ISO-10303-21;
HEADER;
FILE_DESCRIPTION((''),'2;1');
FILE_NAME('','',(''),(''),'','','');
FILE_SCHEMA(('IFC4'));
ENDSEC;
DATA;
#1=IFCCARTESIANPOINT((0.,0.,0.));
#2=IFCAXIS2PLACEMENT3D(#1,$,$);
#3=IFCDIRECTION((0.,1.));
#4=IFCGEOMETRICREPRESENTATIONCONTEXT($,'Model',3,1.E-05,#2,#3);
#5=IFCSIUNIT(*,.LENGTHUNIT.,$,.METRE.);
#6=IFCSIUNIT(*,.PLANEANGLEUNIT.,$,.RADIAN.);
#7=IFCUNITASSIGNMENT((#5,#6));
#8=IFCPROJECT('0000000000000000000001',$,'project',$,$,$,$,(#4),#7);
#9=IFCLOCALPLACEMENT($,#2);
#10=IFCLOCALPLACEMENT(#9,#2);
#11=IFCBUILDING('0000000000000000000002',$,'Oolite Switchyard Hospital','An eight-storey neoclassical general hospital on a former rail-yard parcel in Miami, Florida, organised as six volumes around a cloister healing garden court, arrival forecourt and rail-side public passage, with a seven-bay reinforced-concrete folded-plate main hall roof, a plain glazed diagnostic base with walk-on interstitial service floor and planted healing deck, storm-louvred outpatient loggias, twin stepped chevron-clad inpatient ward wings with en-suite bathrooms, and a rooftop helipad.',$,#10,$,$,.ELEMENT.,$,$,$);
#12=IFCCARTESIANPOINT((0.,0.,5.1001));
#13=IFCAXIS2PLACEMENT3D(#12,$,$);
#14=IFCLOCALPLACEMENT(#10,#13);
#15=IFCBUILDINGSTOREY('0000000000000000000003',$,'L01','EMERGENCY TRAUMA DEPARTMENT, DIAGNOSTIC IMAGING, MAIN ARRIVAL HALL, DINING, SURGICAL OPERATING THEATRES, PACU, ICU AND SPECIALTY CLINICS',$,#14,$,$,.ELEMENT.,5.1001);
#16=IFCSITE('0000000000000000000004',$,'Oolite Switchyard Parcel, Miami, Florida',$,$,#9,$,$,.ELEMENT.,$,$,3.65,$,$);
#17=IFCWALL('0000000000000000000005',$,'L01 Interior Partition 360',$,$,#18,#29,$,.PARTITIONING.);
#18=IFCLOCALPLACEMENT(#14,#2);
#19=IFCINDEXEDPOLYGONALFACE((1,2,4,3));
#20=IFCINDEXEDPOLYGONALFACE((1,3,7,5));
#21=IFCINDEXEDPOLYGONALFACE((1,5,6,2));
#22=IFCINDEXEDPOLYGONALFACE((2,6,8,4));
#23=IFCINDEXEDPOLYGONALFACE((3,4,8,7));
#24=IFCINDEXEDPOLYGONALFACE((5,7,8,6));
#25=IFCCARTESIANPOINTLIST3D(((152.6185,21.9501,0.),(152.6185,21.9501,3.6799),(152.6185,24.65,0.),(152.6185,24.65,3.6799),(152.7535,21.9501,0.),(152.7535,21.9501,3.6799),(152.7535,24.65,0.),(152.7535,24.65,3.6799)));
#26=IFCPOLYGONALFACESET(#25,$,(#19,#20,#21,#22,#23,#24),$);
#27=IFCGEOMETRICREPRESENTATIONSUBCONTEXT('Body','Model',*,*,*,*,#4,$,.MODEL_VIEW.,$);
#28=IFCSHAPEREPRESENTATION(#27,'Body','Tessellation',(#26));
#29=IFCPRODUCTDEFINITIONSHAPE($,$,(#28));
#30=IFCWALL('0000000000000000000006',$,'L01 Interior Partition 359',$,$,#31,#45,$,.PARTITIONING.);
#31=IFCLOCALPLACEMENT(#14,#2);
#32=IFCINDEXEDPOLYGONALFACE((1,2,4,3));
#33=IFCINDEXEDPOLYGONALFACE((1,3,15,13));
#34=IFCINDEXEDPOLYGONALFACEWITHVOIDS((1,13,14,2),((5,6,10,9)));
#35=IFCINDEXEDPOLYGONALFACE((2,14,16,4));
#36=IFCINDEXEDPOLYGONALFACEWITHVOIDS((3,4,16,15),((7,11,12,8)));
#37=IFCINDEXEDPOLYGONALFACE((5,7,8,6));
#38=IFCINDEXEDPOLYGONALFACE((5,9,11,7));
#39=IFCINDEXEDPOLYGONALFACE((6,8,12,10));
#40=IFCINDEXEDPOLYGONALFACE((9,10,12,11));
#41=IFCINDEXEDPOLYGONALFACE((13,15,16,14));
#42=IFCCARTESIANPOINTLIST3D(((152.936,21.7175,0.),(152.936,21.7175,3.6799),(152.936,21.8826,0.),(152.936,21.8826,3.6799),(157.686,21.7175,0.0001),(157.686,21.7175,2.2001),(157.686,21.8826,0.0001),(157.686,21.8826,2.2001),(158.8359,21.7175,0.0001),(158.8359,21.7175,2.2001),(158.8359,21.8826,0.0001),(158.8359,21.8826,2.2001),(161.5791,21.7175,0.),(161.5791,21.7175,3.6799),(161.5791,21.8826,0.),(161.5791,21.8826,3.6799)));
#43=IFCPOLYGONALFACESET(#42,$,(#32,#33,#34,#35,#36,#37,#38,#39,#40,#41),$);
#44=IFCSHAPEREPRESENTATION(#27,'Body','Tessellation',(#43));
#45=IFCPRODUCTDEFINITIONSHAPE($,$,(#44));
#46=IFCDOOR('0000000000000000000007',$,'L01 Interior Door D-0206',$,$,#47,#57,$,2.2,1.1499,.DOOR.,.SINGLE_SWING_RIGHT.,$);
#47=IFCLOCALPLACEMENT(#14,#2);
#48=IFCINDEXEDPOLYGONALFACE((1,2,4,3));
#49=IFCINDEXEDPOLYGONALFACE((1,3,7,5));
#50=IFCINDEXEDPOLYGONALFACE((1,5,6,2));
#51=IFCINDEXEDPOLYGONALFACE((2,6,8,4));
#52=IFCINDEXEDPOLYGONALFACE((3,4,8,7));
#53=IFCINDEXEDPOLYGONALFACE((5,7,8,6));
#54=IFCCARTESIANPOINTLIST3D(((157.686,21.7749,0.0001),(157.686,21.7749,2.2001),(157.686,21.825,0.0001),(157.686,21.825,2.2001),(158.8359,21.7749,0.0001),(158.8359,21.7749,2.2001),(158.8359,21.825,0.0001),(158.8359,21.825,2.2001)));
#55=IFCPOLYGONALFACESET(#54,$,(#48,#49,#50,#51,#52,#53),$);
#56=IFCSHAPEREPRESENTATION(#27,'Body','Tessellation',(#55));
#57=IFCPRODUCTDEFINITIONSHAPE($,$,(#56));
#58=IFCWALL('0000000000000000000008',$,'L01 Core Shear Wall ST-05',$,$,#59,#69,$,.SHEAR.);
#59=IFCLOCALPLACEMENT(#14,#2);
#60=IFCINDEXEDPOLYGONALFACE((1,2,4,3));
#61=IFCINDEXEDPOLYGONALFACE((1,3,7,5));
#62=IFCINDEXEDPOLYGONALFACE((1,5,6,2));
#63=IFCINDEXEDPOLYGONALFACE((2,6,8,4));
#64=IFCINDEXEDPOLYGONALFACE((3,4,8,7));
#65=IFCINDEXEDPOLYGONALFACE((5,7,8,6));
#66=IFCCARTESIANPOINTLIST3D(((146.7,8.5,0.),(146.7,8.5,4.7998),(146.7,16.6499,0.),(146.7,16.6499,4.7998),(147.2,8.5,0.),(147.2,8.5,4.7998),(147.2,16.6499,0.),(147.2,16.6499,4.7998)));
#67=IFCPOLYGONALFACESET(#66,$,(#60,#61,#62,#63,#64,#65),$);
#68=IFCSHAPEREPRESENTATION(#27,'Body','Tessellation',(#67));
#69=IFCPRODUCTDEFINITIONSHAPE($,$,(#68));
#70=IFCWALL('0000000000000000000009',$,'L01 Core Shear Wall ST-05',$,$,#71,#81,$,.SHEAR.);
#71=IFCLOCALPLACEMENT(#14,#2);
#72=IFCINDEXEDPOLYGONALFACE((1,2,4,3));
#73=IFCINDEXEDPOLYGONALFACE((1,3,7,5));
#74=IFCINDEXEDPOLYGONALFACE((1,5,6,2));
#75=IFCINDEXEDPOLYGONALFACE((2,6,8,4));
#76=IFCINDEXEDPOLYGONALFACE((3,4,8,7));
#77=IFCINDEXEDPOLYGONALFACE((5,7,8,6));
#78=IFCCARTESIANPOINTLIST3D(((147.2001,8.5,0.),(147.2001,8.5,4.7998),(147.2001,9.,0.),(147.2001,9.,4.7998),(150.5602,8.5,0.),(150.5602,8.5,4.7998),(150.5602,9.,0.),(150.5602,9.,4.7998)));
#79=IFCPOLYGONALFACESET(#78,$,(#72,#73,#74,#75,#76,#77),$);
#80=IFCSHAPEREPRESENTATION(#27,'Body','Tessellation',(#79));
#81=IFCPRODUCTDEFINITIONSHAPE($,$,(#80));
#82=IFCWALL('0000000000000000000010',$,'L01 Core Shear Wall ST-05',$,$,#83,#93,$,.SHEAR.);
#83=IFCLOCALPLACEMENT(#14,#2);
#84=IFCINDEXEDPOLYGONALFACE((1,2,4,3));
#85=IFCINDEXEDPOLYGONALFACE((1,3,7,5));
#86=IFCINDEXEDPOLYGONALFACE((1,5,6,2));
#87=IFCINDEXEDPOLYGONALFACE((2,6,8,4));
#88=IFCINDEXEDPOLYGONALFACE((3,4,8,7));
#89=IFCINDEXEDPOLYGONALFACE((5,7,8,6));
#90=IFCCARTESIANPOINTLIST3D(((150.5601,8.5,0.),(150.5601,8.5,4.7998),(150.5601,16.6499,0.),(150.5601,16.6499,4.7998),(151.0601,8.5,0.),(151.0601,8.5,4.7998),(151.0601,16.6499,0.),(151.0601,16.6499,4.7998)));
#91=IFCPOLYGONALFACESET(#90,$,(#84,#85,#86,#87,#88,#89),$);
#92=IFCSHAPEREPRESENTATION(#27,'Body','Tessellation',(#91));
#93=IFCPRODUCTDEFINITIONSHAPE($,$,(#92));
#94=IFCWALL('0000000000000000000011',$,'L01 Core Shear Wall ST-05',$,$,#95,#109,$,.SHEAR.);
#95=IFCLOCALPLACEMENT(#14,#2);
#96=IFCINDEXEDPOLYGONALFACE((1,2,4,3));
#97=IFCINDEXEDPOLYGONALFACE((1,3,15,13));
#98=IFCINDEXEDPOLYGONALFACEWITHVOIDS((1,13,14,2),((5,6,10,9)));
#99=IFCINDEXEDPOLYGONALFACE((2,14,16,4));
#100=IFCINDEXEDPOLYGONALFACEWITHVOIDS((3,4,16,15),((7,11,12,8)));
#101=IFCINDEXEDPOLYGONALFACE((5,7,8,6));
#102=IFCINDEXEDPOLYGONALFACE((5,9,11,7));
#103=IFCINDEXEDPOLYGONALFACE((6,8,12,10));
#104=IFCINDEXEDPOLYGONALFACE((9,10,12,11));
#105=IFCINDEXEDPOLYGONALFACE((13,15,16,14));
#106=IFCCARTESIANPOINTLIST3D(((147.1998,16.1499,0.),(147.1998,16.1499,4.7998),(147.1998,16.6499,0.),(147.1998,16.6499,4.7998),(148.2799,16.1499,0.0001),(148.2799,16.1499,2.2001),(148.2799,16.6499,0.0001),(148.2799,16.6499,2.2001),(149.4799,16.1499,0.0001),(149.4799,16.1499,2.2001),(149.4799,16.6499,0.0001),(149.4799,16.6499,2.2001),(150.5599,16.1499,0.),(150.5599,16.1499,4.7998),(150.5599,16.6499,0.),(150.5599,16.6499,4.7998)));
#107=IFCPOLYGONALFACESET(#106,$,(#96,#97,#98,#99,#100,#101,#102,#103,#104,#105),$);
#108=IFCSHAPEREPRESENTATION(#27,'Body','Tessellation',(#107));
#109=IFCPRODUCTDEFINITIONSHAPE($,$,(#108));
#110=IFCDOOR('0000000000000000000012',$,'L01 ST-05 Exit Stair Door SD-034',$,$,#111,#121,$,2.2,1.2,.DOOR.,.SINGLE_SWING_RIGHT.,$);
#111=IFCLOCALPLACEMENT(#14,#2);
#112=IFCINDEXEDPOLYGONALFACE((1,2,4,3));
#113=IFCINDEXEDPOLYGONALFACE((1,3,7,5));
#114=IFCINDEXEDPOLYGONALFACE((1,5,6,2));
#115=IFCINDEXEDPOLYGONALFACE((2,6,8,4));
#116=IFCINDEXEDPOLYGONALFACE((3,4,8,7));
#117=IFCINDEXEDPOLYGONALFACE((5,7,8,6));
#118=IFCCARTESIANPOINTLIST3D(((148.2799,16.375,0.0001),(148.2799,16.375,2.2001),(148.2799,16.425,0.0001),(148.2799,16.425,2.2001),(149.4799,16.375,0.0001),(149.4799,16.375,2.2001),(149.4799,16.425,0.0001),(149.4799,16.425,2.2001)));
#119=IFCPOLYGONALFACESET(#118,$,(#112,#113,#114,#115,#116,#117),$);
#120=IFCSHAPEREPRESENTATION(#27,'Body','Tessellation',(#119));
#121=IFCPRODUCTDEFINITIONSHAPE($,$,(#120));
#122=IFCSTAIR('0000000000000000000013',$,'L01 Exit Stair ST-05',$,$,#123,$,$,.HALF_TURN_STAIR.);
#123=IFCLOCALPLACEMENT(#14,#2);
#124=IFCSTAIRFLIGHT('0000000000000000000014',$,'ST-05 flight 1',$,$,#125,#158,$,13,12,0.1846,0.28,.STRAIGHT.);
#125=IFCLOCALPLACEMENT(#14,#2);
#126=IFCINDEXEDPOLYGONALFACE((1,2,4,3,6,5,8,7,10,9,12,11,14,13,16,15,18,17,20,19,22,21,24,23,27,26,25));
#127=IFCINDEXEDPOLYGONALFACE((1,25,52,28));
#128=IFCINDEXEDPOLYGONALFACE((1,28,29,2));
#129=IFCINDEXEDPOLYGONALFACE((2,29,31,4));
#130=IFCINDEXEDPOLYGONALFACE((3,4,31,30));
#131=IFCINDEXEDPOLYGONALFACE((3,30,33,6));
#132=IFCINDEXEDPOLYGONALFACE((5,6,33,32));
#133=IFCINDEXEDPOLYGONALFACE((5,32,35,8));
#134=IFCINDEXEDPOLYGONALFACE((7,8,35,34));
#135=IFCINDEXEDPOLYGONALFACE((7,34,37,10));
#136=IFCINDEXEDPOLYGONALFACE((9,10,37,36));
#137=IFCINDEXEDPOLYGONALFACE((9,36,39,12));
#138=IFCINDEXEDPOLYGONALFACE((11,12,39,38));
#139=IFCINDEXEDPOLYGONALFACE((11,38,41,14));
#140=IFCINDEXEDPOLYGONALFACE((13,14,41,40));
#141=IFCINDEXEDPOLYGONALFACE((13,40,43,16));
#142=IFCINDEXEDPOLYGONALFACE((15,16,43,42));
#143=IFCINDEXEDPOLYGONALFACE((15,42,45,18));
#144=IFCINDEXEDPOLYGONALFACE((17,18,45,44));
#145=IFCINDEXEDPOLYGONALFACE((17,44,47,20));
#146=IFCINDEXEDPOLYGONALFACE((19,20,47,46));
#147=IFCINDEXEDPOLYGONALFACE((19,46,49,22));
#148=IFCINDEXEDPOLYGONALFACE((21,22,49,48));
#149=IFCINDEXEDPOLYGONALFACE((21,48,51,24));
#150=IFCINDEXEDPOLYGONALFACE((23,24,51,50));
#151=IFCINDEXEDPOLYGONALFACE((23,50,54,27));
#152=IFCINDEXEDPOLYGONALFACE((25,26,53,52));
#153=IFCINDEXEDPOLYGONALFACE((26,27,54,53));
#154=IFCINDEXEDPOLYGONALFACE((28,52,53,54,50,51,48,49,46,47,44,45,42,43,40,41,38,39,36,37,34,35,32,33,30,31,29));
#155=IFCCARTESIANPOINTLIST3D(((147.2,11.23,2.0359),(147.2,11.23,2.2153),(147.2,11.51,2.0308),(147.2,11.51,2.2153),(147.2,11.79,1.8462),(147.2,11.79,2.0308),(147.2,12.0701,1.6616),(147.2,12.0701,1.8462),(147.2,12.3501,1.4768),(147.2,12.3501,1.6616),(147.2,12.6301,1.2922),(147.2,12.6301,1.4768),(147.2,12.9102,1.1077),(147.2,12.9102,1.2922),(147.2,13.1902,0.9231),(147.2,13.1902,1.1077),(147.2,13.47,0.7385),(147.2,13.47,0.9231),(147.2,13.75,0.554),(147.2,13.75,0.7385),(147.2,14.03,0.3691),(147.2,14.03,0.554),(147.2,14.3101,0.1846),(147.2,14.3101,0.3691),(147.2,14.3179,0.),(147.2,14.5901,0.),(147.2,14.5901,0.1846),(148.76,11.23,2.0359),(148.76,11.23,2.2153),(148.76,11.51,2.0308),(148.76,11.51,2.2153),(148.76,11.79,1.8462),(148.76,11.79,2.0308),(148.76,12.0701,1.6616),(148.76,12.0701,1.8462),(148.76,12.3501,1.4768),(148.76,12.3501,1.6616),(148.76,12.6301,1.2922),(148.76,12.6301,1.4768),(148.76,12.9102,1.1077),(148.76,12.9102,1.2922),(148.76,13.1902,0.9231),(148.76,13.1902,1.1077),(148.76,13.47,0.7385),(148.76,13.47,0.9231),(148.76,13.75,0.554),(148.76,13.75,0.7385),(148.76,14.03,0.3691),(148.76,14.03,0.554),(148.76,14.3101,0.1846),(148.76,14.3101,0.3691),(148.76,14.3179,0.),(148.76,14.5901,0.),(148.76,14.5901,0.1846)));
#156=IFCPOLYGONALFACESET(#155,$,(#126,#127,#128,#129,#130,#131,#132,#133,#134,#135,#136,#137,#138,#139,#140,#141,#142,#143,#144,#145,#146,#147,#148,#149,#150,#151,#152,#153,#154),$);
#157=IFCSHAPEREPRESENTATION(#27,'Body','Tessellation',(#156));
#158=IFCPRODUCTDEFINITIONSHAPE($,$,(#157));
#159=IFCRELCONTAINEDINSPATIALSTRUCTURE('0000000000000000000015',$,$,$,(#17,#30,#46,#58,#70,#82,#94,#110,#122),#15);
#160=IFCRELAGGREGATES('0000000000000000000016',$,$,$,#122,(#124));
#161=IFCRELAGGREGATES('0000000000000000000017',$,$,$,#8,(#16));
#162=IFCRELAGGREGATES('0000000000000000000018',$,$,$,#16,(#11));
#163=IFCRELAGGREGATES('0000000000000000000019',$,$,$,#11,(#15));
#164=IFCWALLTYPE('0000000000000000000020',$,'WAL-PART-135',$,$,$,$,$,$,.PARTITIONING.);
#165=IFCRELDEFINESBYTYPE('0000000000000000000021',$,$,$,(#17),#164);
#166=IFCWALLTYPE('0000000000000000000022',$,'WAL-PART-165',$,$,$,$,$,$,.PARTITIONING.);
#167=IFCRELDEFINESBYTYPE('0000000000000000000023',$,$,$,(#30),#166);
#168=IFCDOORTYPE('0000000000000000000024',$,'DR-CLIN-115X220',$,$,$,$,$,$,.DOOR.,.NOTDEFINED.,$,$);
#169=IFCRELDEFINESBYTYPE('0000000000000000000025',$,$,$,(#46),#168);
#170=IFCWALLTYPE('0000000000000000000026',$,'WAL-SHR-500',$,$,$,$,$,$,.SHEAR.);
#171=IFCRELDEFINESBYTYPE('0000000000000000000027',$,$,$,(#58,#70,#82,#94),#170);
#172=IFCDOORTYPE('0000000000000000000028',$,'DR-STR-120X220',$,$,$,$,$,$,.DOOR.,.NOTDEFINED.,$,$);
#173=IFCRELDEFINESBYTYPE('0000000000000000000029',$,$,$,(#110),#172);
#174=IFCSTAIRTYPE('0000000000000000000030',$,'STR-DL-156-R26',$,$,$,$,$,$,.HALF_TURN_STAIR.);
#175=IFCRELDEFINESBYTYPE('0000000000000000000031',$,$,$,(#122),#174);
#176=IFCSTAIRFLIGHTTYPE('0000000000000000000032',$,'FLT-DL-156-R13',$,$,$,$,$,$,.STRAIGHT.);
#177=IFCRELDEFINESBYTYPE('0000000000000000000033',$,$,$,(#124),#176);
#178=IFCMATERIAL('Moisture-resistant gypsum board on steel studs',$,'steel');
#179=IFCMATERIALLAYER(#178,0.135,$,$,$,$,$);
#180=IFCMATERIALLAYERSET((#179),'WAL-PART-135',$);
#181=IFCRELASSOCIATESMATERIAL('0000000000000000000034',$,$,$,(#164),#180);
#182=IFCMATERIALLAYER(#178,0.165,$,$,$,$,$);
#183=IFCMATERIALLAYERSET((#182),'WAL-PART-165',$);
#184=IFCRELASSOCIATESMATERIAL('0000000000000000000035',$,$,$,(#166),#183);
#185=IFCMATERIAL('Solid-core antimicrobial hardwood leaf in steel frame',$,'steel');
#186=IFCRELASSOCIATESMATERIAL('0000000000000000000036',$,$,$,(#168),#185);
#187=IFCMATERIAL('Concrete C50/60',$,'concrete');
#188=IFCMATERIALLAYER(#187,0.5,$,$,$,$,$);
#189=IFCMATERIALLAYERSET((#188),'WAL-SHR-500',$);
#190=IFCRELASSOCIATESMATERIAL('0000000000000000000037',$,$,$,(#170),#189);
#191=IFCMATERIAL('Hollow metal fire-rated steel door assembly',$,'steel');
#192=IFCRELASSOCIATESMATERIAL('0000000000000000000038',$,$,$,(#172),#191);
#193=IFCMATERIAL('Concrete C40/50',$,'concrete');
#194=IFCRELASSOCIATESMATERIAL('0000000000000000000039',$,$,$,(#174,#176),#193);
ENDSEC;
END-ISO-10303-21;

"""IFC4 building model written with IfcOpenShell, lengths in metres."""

from ifc_helpers import new_model, si_unit, direction, frame, frame_2d, origin, place, context, subcontext, project, spatial, polyline, rectangle, outline, extrude, material, layer, layer_set, type_object, element, fill, aggregate, save


model = new_model("IFC4")

# Units and contexts
model_context = context("Model", 3, precision=1e-05, world=origin(), true_north=direction((0.0, 1.0)))
body_context = subcontext(model_context, "Body", "Model", "MODEL_VIEW")
ifc_project = project(units=[si_unit("LENGTHUNIT", "METRE"), si_unit("PLANEANGLEUNIT", "RADIAN")], contexts=[model_context])

# Site, building, storey
site_placement = place(None, origin())
site = spatial("IfcSite", under=ifc_project, at=site_placement, Name="Oolite Switchyard Parcel, Miami, Florida", CompositionType="ELEMENT", RefElevation=3.65)
building_placement = place(site_placement, origin())
building = spatial("IfcBuilding", under=site, at=building_placement, Name="Oolite Switchyard Hospital", Description="An eight-storey neoclassical general hospital on a former rail-yard parcel in Miami, Florida, organised as six volumes around a cloister healing garden court, arrival forecourt and rail-side public passage, with a seven-bay reinforced-concrete folded-plate main hall roof, a plain glazed diagnostic base with walk-on interstitial service floor and planted healing deck, storm-louvred outpatient loggias, twin stepped chevron-clad inpatient ward wings with en-suite bathrooms, and a rooftop helipad.", CompositionType="ELEMENT")
storey_placement = place(building_placement, frame((0.0, 0.0, 5.1001)))
storey = spatial("IfcBuildingStorey", under=building, at=storey_placement, Name="L01", Description="EMERGENCY TRAUMA DEPARTMENT, DIAGNOSTIC IMAGING, MAIN ARRIVAL HALL, DINING, SURGICAL OPERATING THEATRES, PACU, ICU AND SPECIALTY CLINICS", CompositionType="ELEMENT", Elevation=5.1001)

# Shared definitions
ifc_material_1 = material(Name="Concrete C50/60", Category="concrete")

# Shared definitions
ifc_material_2 = material(Name="Concrete C40/50", Category="concrete")

# Wall
ifc_material_3 = material(Name="Moisture-resistant gypsum board on steel studs", Category="steel")
ifc_layer_1 = layer(ifc_material_3, 0.135)
ifc_layer_set_1 = layer_set([ifc_layer_1], Name="WAL-PART-135")
wall_type_1 = type_object("IfcWallType", Name="WAL-PART-135", PredefinedType="PARTITIONING", material=ifc_layer_set_1)
wall_1_placement = place(storey_placement, frame((152.686, 21.95, 0.0), z_axis=(0.0, 0.0, 1.0), x_axis=(0.0, 1.0, 0.0)))
element("IfcWall", 1, at=wall_1_placement, inside=storey, type_object=wall_type_1, Name="L01 Interior Partition 360", PredefinedType="PARTITIONING", context=body_context, shape_type="SweptSolid", body=[
    extrude(rectangle(XDim=2.7, YDim=0.135, at=frame_2d((1.3501, 0.0))), origin(), (0.0, 0.0, 1.0), 3.6799),
])

# Wall, opening, door
ifc_layer_2 = layer(ifc_material_3, 0.165)
ifc_layer_set_2 = layer_set([ifc_layer_2], Name="WAL-PART-165")
wall_type_2 = type_object("IfcWallType", Name="WAL-PART-165", PredefinedType="PARTITIONING", material=ifc_layer_set_2)
wall_2_placement = place(storey_placement, frame((152.936, 21.8, 0.0), z_axis=(0.0, 0.0, 1.0), x_axis=(1.0, 0.0, 0.0)))
wall_2 = element("IfcWall", 2, at=wall_2_placement, inside=storey, type_object=wall_type_2, Name="L01 Interior Partition 359", PredefinedType="PARTITIONING", context=body_context, shape_type="SweptSolid", body=[
    extrude(rectangle(XDim=8.6431, YDim=0.165, at=frame_2d((4.3215, 0.0))), origin(), (0.0, 0.0, 1.0), 3.6799),
])
opening_1_placement = place(wall_2_placement, frame((4.75, 0.0, 0.0)))
opening_1 = element("IfcOpeningElement", 3, at=opening_1_placement, cuts=wall_2, PredefinedType="OPENING", context=body_context, shape_type="SweptSolid", body=[
    extrude(rectangle(XDim=1.1499, YDim=2.2, at=frame_2d((0.575, 1.1001))), frame((0.0, 0.0925, 0.0), z_axis=(0.0, -1.0, 0.0), x_axis=(1.0, 0.0, 0.0)), (0.0, 0.0, 1.0), 0.1851),
])
ifc_material_4 = material(Name="Solid-core antimicrobial hardwood leaf in steel frame", Category="steel")
door_type_1 = type_object("IfcDoorType", Name="DR-CLIN-115X220", OperationType="NOTDEFINED", PredefinedType="DOOR", material=ifc_material_4)
door_1_placement = place(opening_1_placement, origin())
door_1 = element("IfcDoor", 4, at=door_1_placement, inside=storey, type_object=door_type_1, Name="L01 Interior Door D-0206", OperationType="SINGLE_SWING_RIGHT", OverallHeight=2.2, OverallWidth=1.1499, PredefinedType="DOOR", context=body_context, shape_type="SweptSolid", body=[
    extrude(rectangle(XDim=1.1499, YDim=2.2, at=frame_2d((0.575, 1.1001))), frame((0.0, 0.0249, 0.0), z_axis=(0.0, -1.0, 0.0), x_axis=(1.0, 0.0, 0.0)), (0.0, 0.0, 1.0), 0.05),
])
fill(opening_1, door_1)

# Walls
ifc_layer_3 = layer(ifc_material_1, 0.5)
ifc_layer_set_3 = layer_set([ifc_layer_3], Name="WAL-SHR-500")
wall_type_3 = type_object("IfcWallType", Name="WAL-SHR-500", PredefinedType="SHEAR", material=ifc_layer_set_3)
wall_3_placement = place(storey_placement, frame((146.95, 16.6499, 0.0), z_axis=(0.0, 0.0, 1.0), x_axis=(0.0, -1.0, 0.0)))
element("IfcWall", 5, at=wall_3_placement, inside=storey, type_object=wall_type_3, Name="L01 Core Shear Wall ST-05", PredefinedType="SHEAR", context=body_context, shape_type="SweptSolid", body=[
    extrude(rectangle(XDim=8.1499, YDim=0.5, at=frame_2d((4.075, 0.0))), origin(), (0.0, 0.0, 1.0), 4.7998),
])
wall_4_placement = place(storey_placement, frame((147.2, 8.75, 0.0), z_axis=(0.0, 0.0, 1.0), x_axis=(1.0, 0.0, 0.0)))
element("IfcWall", 6, at=wall_4_placement, inside=storey, type_object=wall_type_3, Name="L01 Core Shear Wall ST-05", PredefinedType="SHEAR", context=body_context, shape_type="SweptSolid", body=[
    extrude(rectangle(XDim=3.3601, YDim=0.5, at=frame_2d((1.6802, 0.0))), origin(), (0.0, 0.0, 1.0), 4.7998),
])
wall_5_placement = place(storey_placement, frame((150.8101, 8.5, 0.0), z_axis=(0.0, 0.0, 1.0), x_axis=(0.0, 1.0, 0.0)))
element("IfcWall", 7, at=wall_5_placement, inside=storey, type_object=wall_type_3, Name="L01 Core Shear Wall ST-05", PredefinedType="SHEAR", context=body_context, shape_type="SweptSolid", body=[
    extrude(rectangle(XDim=8.1499, YDim=0.5, at=frame_2d((4.075, 0.0))), origin(), (0.0, 0.0, 1.0), 4.7998),
])

# Wall, opening, door
wall_6_placement = place(storey_placement, frame((150.5601, 16.3999, 0.0), z_axis=(0.0, 0.0, 1.0), x_axis=(-1.0, 0.0, 0.0)))
wall_6 = element("IfcWall", 8, at=wall_6_placement, inside=storey, type_object=wall_type_3, Name="L01 Core Shear Wall ST-05", PredefinedType="SHEAR", context=body_context, shape_type="SweptSolid", body=[
    extrude(rectangle(XDim=3.3601, YDim=0.5, at=frame_2d((1.6802, 0.0))), origin(), (0.0, 0.0, 1.0), 4.7998),
])
opening_2_placement = place(wall_6_placement, frame((1.0801, 0.0, 0.0)))
opening_2 = element("IfcOpeningElement", 9, at=opening_2_placement, cuts=wall_6, PredefinedType="OPENING", context=body_context, shape_type="SweptSolid", body=[
    extrude(rectangle(XDim=1.2, YDim=2.2, at=frame_2d((0.6001, 1.1001))), frame((0.0, 0.26, 0.0), z_axis=(0.0, -1.0, 0.0), x_axis=(1.0, 0.0, 0.0)), (0.0, 0.0, 1.0), 0.52),
])
ifc_material_5 = material(Name="Hollow metal fire-rated steel door assembly", Category="steel")
door_type_2 = type_object("IfcDoorType", Name="DR-STR-120X220", OperationType="NOTDEFINED", PredefinedType="DOOR", material=ifc_material_5)
door_2_placement = place(opening_2_placement, origin())
door_2 = element("IfcDoor", 10, at=door_2_placement, inside=storey, type_object=door_type_2, Name="L01 ST-05 Exit Stair Door SD-034", OperationType="SINGLE_SWING_RIGHT", OverallHeight=2.2, OverallWidth=1.2, PredefinedType="DOOR", context=body_context, shape_type="SweptSolid", body=[
    extrude(rectangle(XDim=1.2, YDim=2.2, at=frame_2d((0.6001, 1.1001))), frame((0.0, 0.0249, 0.0), z_axis=(0.0, -1.0, 0.0), x_axis=(1.0, 0.0, 0.0)), (0.0, 0.0, 1.0), 0.05),
])
fill(opening_2, door_2)

# Stair, stair flight
stair_type = type_object("IfcStairType", Name="STR-DL-156-R26", PredefinedType="HALF_TURN_STAIR", material=ifc_material_2)
stair_placement = place(storey_placement, origin())
stair = element("IfcStair", 11, at=stair_placement, inside=storey, type_object=stair_type, Name="L01 Exit Stair ST-05", PredefinedType="HALF_TURN_STAIR")
stair_flight_type = type_object("IfcStairFlightType", Name="FLT-DL-156-R13", PredefinedType="STRAIGHT", material=ifc_material_2)
stair_flight_1_placement = place(storey_placement, frame((147.98, 14.5901, 0.0), z_axis=(0.0, 0.0, 1.0), x_axis=(0.0, -1.0, 0.0)))
stair_flight_1 = element("IfcStairFlight", 12, at=stair_flight_1_placement, type_object=stair_flight_type, Name="ST-05 flight 1", NumberOfRisers=13, NumberOfTreads=12, PredefinedType="STRAIGHT", RiserHeight=0.1846, TreadLength=0.28, context=body_context, shape_type="SweptSolid", body=[
    extrude(outline(polyline([(0.0, 0.0), (0.0, 0.1846), (0.28, 0.1846), (0.28, 0.3691), (0.5601, 0.3691), (0.5601, 0.554), (0.8401, 0.554), (0.8401, 0.7385), (1.1201, 0.7385), (1.1201, 0.9231), (1.3999, 0.9231), (1.3999, 1.1077), (1.6799, 1.1077), (1.6799, 1.2922), (1.96, 1.2922), (1.96, 1.4768), (2.24, 1.4768), (2.24, 1.6616), (2.52, 1.6616), (2.52, 1.8462), (2.8, 1.8462), (2.8, 2.0308), (3.0801, 2.0308), (3.0801, 2.2153), (3.3601, 2.2153), (3.3601, 2.3999), (3.3601, 2.0359), (0.2722, 0.0), (0.0, 0.0)])), frame((0.0, 0.78, 0.0), z_axis=(0.0, -1.0, 0.0), x_axis=(1.0, 0.0, 0.0)), (0.0, 0.0, 1.0), 1.5601),
])
aggregate(stair, [stair_flight_1])

save(model, "model.ifc")
